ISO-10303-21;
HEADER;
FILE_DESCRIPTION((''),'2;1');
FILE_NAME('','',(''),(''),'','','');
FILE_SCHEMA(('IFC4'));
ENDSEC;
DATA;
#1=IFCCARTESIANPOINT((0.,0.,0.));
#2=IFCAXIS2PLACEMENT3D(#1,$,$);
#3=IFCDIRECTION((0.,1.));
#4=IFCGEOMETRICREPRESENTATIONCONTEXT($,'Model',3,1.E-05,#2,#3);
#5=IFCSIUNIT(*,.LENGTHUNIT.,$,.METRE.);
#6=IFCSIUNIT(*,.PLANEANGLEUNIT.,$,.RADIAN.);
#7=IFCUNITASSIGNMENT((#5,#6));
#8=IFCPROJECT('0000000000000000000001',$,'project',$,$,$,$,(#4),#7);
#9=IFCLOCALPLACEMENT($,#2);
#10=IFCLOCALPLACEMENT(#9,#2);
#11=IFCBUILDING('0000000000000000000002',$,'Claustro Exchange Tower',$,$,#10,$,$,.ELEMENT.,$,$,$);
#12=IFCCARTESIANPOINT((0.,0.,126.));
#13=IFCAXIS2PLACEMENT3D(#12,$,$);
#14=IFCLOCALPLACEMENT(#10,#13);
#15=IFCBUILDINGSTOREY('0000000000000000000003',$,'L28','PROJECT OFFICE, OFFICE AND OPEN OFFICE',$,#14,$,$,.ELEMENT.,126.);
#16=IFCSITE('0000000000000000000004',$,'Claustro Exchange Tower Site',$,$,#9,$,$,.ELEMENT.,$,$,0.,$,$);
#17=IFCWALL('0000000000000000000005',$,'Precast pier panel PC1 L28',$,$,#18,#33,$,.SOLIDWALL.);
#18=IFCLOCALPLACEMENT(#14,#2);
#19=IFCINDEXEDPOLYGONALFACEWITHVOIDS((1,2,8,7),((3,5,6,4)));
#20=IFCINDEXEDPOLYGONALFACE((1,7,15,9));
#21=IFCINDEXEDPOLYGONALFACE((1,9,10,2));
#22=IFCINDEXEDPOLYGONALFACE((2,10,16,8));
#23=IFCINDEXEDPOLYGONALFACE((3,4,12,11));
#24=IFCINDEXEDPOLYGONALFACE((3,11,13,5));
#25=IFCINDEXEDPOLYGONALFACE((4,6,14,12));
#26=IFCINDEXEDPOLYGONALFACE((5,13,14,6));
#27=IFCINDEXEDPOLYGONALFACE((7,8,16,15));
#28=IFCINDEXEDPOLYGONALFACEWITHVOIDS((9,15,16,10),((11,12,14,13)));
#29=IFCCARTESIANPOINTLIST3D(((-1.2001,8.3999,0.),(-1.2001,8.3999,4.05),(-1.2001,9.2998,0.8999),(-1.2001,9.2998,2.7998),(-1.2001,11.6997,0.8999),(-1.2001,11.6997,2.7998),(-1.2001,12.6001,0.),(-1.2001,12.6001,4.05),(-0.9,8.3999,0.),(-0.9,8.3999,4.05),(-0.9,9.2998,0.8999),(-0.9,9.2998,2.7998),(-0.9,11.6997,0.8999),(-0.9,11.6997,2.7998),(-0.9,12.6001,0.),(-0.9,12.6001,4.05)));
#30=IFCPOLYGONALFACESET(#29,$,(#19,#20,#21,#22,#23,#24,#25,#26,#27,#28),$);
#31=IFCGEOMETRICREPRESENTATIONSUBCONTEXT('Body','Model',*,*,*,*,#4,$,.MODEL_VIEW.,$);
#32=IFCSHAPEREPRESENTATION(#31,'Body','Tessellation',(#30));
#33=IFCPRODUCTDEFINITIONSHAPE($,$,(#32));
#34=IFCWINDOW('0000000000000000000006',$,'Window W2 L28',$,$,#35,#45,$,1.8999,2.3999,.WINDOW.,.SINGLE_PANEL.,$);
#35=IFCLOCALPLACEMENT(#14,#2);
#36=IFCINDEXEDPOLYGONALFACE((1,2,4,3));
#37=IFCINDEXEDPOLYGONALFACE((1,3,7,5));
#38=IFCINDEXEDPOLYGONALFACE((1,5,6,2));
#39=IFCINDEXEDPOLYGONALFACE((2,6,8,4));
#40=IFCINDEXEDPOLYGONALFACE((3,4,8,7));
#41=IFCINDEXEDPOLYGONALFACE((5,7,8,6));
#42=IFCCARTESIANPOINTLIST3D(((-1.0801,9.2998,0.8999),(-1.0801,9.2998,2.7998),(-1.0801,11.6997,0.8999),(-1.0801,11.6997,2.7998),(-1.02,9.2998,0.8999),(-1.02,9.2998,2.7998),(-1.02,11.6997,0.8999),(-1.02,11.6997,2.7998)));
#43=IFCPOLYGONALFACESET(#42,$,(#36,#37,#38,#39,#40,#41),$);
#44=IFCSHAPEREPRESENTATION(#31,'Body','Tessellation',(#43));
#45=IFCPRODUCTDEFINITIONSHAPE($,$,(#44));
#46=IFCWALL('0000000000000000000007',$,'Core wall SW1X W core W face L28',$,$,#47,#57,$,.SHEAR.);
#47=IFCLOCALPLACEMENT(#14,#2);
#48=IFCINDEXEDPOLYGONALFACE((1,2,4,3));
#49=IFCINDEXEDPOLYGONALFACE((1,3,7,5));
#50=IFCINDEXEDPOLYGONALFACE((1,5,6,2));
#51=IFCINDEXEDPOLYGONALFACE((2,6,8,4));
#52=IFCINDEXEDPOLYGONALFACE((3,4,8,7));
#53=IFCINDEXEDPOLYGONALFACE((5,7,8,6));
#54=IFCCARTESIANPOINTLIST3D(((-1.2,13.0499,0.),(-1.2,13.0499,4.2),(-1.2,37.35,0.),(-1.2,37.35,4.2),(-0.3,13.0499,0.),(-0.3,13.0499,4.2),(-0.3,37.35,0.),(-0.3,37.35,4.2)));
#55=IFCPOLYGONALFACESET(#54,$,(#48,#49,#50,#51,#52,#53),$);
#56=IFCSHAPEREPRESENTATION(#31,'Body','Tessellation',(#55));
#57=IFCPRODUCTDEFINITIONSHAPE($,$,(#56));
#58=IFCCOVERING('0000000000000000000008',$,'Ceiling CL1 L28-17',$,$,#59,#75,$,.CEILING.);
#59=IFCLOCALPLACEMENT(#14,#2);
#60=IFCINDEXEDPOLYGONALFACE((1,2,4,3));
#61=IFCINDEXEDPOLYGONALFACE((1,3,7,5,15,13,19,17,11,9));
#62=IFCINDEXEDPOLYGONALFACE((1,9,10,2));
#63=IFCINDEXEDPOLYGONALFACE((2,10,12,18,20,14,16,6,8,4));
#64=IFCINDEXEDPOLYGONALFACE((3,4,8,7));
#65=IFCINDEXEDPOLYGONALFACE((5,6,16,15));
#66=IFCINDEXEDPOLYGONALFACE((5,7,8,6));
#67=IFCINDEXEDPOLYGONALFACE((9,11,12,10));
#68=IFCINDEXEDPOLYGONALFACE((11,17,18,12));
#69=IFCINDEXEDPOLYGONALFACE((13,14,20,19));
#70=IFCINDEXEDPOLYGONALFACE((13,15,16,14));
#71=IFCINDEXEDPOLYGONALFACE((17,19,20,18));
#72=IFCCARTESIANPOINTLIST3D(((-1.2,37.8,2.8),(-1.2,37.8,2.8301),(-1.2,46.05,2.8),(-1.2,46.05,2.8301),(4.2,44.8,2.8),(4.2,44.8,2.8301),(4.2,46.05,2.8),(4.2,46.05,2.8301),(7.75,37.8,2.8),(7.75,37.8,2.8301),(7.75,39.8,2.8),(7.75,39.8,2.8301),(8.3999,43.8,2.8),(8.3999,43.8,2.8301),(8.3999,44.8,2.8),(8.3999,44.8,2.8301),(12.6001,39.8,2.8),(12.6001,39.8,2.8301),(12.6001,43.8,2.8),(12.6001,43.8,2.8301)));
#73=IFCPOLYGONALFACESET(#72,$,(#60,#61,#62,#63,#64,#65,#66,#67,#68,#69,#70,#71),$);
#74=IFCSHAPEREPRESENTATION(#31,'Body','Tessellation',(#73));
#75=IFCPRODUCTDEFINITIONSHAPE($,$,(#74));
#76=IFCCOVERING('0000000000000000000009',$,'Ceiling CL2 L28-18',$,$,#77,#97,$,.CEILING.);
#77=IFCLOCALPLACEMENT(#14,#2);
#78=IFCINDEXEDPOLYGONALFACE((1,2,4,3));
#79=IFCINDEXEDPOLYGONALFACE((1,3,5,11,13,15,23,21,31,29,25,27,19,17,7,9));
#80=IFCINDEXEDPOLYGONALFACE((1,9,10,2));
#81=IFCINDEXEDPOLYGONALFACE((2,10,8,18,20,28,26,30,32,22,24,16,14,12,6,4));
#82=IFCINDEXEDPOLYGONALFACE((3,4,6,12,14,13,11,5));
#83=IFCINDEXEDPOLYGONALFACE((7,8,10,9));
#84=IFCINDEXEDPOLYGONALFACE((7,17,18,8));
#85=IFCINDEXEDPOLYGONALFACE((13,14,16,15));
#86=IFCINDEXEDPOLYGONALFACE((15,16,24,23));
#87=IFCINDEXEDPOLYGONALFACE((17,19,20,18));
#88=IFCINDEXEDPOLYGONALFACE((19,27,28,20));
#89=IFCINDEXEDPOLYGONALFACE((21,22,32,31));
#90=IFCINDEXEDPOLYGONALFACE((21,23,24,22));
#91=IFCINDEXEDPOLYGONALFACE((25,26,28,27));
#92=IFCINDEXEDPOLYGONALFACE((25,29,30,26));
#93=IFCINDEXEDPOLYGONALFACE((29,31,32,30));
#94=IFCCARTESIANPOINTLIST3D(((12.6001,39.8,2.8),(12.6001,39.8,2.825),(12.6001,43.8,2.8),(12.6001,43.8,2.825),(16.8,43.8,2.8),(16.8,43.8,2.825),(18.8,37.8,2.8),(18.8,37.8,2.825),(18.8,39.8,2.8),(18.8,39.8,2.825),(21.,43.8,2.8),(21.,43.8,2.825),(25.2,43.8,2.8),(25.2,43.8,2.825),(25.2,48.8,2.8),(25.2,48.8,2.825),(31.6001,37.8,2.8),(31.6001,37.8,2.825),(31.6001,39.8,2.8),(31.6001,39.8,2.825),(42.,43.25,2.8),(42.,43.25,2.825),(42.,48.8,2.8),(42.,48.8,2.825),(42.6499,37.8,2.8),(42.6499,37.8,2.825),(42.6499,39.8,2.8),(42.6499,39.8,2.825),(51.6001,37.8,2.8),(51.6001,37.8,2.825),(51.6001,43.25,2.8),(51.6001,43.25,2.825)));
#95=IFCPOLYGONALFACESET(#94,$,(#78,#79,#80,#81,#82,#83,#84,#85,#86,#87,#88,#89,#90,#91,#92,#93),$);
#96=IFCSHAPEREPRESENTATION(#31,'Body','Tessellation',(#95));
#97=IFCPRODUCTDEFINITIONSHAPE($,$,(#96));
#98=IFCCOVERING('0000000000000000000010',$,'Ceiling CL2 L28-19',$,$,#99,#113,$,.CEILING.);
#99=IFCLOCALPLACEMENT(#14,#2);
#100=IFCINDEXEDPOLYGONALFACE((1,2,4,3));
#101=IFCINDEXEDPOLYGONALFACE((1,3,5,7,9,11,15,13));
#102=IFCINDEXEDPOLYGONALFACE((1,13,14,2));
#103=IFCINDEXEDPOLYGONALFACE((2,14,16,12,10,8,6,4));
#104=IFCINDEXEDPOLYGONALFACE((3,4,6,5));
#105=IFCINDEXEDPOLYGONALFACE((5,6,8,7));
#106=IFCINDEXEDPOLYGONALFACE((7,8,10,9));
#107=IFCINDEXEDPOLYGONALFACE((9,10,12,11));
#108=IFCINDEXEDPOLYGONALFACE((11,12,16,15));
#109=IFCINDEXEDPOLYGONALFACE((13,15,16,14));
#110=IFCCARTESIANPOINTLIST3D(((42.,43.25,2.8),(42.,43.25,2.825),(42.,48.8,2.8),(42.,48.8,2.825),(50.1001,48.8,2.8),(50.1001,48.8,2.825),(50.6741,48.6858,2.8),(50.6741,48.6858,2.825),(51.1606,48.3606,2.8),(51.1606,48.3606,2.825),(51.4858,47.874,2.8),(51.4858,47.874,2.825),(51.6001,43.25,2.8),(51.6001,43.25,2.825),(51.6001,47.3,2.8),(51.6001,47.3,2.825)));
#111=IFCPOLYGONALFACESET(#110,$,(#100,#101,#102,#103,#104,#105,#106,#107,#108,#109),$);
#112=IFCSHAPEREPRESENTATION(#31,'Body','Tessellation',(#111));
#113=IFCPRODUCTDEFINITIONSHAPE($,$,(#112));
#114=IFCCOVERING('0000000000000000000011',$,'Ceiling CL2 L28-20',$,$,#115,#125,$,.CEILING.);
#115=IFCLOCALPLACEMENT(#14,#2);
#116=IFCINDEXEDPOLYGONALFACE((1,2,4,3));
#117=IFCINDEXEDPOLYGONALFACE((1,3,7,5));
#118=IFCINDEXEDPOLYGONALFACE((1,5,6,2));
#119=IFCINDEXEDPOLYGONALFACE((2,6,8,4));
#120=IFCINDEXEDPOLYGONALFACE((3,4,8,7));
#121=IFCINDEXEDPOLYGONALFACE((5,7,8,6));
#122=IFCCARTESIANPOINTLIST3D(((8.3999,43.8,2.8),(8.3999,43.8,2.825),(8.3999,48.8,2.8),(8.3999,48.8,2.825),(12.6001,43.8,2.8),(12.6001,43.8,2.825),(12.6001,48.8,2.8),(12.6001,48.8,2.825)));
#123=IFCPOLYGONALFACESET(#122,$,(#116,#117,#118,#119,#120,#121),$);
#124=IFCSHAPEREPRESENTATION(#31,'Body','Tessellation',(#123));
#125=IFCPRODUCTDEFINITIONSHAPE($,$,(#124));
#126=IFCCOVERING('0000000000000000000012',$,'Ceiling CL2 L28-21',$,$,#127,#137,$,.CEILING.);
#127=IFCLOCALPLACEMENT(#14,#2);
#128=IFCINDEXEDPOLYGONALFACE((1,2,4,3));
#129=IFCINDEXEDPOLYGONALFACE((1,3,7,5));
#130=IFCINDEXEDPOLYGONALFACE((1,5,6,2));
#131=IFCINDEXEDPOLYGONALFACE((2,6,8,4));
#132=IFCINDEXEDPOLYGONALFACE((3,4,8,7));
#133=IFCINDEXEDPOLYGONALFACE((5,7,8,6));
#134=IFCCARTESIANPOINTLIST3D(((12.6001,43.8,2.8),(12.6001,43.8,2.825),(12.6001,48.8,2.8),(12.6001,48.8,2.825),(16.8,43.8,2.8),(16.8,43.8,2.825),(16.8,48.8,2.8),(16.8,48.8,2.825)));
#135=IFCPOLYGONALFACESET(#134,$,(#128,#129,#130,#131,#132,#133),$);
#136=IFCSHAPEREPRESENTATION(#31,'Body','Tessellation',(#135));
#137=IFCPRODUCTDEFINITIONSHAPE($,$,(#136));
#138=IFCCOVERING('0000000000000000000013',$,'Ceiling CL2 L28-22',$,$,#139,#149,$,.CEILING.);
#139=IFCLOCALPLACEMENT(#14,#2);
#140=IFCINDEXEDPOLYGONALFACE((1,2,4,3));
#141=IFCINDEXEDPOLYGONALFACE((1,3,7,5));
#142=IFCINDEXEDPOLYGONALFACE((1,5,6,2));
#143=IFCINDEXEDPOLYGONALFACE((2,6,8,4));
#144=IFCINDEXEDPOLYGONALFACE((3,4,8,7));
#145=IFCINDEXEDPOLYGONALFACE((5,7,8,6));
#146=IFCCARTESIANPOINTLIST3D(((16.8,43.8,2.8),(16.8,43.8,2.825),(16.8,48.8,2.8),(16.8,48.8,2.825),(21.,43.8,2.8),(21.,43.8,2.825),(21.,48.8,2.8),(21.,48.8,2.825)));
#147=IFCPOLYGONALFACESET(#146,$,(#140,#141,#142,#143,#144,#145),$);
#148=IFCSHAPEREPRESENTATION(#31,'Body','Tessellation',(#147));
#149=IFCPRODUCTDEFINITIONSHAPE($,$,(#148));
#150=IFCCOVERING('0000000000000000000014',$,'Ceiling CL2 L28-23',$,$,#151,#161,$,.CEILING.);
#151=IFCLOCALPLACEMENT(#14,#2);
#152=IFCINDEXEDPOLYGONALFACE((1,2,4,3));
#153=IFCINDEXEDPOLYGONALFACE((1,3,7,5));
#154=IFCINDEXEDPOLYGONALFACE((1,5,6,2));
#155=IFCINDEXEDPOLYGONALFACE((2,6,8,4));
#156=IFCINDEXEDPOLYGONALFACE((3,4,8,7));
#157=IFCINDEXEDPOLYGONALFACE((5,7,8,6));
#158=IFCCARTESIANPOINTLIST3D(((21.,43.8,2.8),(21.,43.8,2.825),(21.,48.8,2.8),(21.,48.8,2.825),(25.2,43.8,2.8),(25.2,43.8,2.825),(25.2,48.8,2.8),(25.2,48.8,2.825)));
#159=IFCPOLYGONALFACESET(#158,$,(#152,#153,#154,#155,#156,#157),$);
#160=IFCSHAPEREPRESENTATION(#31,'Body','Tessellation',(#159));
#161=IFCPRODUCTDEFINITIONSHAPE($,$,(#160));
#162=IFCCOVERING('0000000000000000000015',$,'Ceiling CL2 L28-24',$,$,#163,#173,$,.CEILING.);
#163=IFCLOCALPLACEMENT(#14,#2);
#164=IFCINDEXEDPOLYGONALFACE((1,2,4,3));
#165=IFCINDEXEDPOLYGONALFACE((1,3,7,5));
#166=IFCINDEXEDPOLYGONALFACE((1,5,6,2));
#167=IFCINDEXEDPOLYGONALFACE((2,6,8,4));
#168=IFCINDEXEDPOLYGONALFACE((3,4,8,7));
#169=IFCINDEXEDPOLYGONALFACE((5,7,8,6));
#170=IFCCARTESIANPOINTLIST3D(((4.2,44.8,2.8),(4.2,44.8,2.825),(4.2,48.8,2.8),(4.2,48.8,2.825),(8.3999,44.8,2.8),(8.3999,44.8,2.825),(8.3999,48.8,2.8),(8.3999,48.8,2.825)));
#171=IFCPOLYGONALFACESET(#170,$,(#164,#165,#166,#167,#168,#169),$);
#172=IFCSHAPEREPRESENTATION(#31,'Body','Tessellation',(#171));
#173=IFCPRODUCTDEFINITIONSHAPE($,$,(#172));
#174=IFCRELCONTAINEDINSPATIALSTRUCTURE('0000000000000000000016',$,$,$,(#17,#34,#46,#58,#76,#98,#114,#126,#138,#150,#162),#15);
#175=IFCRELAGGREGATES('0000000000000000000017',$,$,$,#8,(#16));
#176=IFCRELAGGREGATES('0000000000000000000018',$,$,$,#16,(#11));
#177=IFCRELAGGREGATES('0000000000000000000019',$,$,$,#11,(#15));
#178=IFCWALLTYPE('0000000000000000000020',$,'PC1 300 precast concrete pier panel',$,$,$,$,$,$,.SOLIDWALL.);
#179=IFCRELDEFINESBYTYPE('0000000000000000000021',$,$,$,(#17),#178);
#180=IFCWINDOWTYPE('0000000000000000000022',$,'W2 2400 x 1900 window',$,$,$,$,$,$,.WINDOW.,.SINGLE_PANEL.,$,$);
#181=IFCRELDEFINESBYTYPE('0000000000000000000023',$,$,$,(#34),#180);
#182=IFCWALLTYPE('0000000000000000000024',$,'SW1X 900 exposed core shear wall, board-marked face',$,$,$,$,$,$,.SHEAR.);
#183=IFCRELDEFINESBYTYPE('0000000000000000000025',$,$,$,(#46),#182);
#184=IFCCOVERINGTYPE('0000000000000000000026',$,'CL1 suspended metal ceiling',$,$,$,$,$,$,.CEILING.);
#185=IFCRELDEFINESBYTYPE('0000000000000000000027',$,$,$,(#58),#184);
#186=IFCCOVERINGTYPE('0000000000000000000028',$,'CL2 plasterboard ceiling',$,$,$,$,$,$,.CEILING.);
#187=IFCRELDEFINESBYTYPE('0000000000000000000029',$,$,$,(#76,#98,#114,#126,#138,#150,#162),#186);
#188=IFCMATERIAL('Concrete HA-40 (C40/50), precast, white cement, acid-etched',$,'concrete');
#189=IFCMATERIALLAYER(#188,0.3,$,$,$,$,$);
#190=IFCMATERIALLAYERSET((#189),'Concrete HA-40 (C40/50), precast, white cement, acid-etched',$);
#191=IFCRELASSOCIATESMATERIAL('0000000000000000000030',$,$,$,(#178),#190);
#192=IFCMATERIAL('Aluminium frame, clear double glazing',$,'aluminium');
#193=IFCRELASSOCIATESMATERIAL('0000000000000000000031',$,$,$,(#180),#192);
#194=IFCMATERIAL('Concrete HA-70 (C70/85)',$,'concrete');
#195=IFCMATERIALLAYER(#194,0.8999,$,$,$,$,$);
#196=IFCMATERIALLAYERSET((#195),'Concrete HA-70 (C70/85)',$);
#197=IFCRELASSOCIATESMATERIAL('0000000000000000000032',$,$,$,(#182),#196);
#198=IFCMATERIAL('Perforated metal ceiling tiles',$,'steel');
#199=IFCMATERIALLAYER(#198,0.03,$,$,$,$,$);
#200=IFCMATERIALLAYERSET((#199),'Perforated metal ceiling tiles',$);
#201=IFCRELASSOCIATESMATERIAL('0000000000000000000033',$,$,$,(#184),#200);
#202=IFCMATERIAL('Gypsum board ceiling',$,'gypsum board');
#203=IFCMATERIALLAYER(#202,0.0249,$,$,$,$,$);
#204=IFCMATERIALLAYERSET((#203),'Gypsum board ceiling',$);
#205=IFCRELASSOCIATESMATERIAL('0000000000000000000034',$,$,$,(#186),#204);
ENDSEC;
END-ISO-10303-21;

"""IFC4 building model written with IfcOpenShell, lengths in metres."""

from ifc_helpers import new_model, si_unit, direction, frame, frame_2d, origin, place, context, subcontext, project, spatial, polyline, rectangle, outline, extrude, material, layer, layer_set, type_object, element, fill, save


model = new_model("IFC4")

# Units and contexts
model_context = context("Model", 3, precision=1e-05, world=origin(), true_north=direction((0.0, 1.0)))
body_context = subcontext(model_context, "Body", "Model", "MODEL_VIEW")
ifc_project = project(units=[si_unit("LENGTHUNIT", "METRE"), si_unit("PLANEANGLEUNIT", "RADIAN")], contexts=[model_context])

# Site, building, storey
site_placement = place(None, origin())
site = spatial("IfcSite", under=ifc_project, at=site_placement, Name="Claustro Exchange Tower Site", CompositionType="ELEMENT", RefElevation=0.0)
building_placement = place(site_placement, origin())
building = spatial("IfcBuilding", under=site, at=building_placement, Name="Claustro Exchange Tower", CompositionType="ELEMENT")
storey_placement = place(building_placement, frame((0.0, 0.0, 126.0)))
storey = spatial("IfcBuildingStorey", under=building, at=storey_placement, Name="L28", Description="PROJECT OFFICE, OFFICE AND OPEN OFFICE", CompositionType="ELEMENT", Elevation=126.0)

# Shared definitions
ifc_material_1 = material(Name="Concrete HA-40 (C40/50), precast, white cement, acid-etched", Category="concrete")
ifc_layer_1 = layer(ifc_material_1, 0.3)
ifc_layer_set_1 = layer_set([ifc_layer_1], Name="Concrete HA-40 (C40/50), precast, white cement, acid-etched")
wall_type_1 = type_object("IfcWallType", Name="PC1 300 precast concrete pier panel", PredefinedType="SOLIDWALL", material=ifc_layer_set_1)

# Wall, opening, window
ifc_material_2 = material(Name="Aluminium frame, clear double glazing", Category="aluminium")
window_type = type_object("IfcWindowType", Name="W2 2400 x 1900 window", PartitioningType="SINGLE_PANEL", PredefinedType="WINDOW", material=ifc_material_2)
wall_1_placement = place(storey_placement, frame((-1.05, 8.3999, 0.0), z_axis=(0.0, 0.0, 1.0), x_axis=(0.0, 1.0, 0.0)))
wall_1 = element("IfcWall", 1, at=wall_1_placement, inside=storey, type_object=wall_type_1, Name="Precast pier panel PC1 L28", PredefinedType="SOLIDWALL", context=body_context, shape_type="SweptSolid", body=[
    extrude(rectangle(XDim=4.2002, YDim=0.3, at=frame_2d((2.1001, 0.0))), origin(), (0.0, 0.0, 1.0), 4.05),
])
opening_1_placement = place(wall_1_placement, frame((0.8999, 0.0, 0.8999)))
opening_1 = element("IfcOpeningElement", 2, at=opening_1_placement, cuts=wall_1, PredefinedType="OPENING", context=body_context, shape_type="SweptSolid", body=[
    extrude(rectangle(XDim=2.3999, YDim=1.8999, at=frame_2d((1.2, 0.95))), frame((0.0, 0.1599, 0.0), z_axis=(0.0, -1.0, 0.0), x_axis=(1.0, 0.0, 0.0)), (0.0, 0.0, 1.0), 0.3201),
])
window_1_placement = place(opening_1_placement, origin())
window_1 = element("IfcWindow", 3, at=window_1_placement, inside=storey, type_object=window_type, Name="Window W2 L28", OverallHeight=1.8999, OverallWidth=2.3999, PartitioningType="SINGLE_PANEL", PredefinedType="WINDOW", context=body_context, shape_type="SweptSolid", body=[
    extrude(rectangle(XDim=2.3999, YDim=1.8999, at=frame_2d((1.2, 0.95))), frame((0.0, 0.03, 0.0), z_axis=(0.0, -1.0, 0.0), x_axis=(1.0, 0.0, 0.0)), (0.0, 0.0, 1.0), 0.0601),
])
fill(opening_1, window_1)

# Wall
ifc_material_3 = material(Name="Concrete HA-70 (C70/85)", Category="concrete")
ifc_layer_2 = layer(ifc_material_3, 0.8999)
ifc_layer_set_2 = layer_set([ifc_layer_2], Name="Concrete HA-70 (C70/85)")
wall_type_2 = type_object("IfcWallType", Name="SW1X 900 exposed core shear wall, board-marked face", PredefinedType="SHEAR", material=ifc_layer_set_2)
wall_2_placement = place(storey_placement, frame((-0.75, 13.05, 0.0), z_axis=(0.0, 0.0, 1.0), x_axis=(0.0, 1.0, 0.0)))
element("IfcWall", 4, at=wall_2_placement, inside=storey, type_object=wall_type_2, Name="Core wall SW1X W core W face L28", PredefinedType="SHEAR", context=body_context, shape_type="SweptSolid", body=[
    extrude(rectangle(XDim=24.3, YDim=0.8999, at=frame_2d((12.1499, 0.0))), origin(), (0.0, 0.0, 1.0), 4.2),
])

# Coverings
ifc_material_4 = material(Name="Perforated metal ceiling tiles", Category="steel")
ifc_layer_3 = layer(ifc_material_4, 0.03)
ifc_layer_set_3 = layer_set([ifc_layer_3], Name="Perforated metal ceiling tiles")
covering_type_1 = type_object("IfcCoveringType", Name="CL1 suspended metal ceiling", PredefinedType="CEILING", material=ifc_layer_set_3)
covering_1_placement = place(storey_placement, frame((0.0, 0.0, 2.8)))
element("IfcCovering", 5, at=covering_1_placement, inside=storey, type_object=covering_type_1, Name="Ceiling CL1 L28-17", PredefinedType="CEILING", context=body_context, shape_type="SweptSolid", body=[
    extrude(outline(polyline([(-1.2, 46.05), (-1.2, 37.8), (7.75, 37.8), (7.75, 39.8), (12.6001, 39.8), (12.6001, 43.8), (8.3999, 43.8), (8.3999, 44.8), (4.2, 44.8), (4.2, 46.05), (-1.2, 46.05)])), origin(), (0.0, 0.0, 1.0), 0.03),
])
ifc_material_5 = material(Name="Gypsum board ceiling", Category="gypsum board")
ifc_layer_4 = layer(ifc_material_5, 0.0249)
ifc_layer_set_4 = layer_set([ifc_layer_4], Name="Gypsum board ceiling")
covering_type_2 = type_object("IfcCoveringType", Name="CL2 plasterboard ceiling", PredefinedType="CEILING", material=ifc_layer_set_4)
covering_2_placement = place(storey_placement, frame((0.0, 0.0, 2.8)))
element("IfcCovering", 6, at=covering_2_placement, inside=storey, type_object=covering_type_2, Name="Ceiling CL2 L28-18", PredefinedType="CEILING", context=body_context, shape_type="SweptSolid", body=[
    extrude(outline(polyline([(42.0, 48.8), (25.2, 48.8), (25.2, 43.8), (21.0, 43.8), (16.8, 43.8), (12.6001, 43.8), (12.6001, 39.8), (18.8, 39.8), (18.8, 37.8), (31.6001, 37.8), (31.6001, 39.8), (42.6499, 39.8), (42.6499, 37.8), (51.6001, 37.8), (51.6001, 43.25), (42.0, 43.25), (42.0, 48.8)])), origin(), (0.0, 0.0, 1.0), 0.0249),
])
covering_3_placement = place(storey_placement, frame((0.0, 0.0, 2.8)))
element("IfcCovering", 7, at=covering_3_placement, inside=storey, type_object=covering_type_2, Name="Ceiling CL2 L28-19", PredefinedType="CEILING", context=body_context, shape_type="SweptSolid", body=[
    extrude(outline(polyline([(50.1001, 48.8), (42.0, 48.8), (42.0, 43.25), (51.6001, 43.25), (51.6001, 47.3), (51.4858, 47.874), (51.1606, 48.3606), (50.6741, 48.6858), (50.1001, 48.8)])), origin(), (0.0, 0.0, 1.0), 0.0249),
])
covering_4_placement = place(storey_placement, frame((0.0, 0.0, 2.8)))
element("IfcCovering", 8, at=covering_4_placement, inside=storey, type_object=covering_type_2, Name="Ceiling CL2 L28-20", PredefinedType="CEILING", context=body_context, shape_type="SweptSolid", body=[
    extrude(outline(polyline([(12.6001, 48.8), (8.3999, 48.8), (8.3999, 43.8), (12.6001, 43.8), (12.6001, 48.8)])), origin(), (0.0, 0.0, 1.0), 0.0249),
])
covering_5_placement = place(storey_placement, frame((0.0, 0.0, 2.8)))
element("IfcCovering", 9, at=covering_5_placement, inside=storey, type_object=covering_type_2, Name="Ceiling CL2 L28-21", PredefinedType="CEILING", context=body_context, shape_type="SweptSolid", body=[
    extrude(outline(polyline([(16.8, 48.8), (12.6001, 48.8), (12.6001, 43.8), (16.8, 43.8), (16.8, 48.8)])), origin(), (0.0, 0.0, 1.0), 0.0249),
])
covering_6_placement = place(storey_placement, frame((0.0, 0.0, 2.8)))
element("IfcCovering", 10, at=covering_6_placement, inside=storey, type_object=covering_type_2, Name="Ceiling CL2 L28-22", PredefinedType="CEILING", context=body_context, shape_type="SweptSolid", body=[
    extrude(outline(polyline([(21.0, 48.8), (16.8, 48.8), (16.8, 43.8), (21.0, 43.8), (21.0, 48.8)])), origin(), (0.0, 0.0, 1.0), 0.0249),
])
covering_7_placement = place(storey_placement, frame((0.0, 0.0, 2.8)))
element("IfcCovering", 11, at=covering_7_placement, inside=storey, type_object=covering_type_2, Name="Ceiling CL2 L28-23", PredefinedType="CEILING", context=body_context, shape_type="SweptSolid", body=[
    extrude(outline(polyline([(25.2, 48.8), (21.0, 48.8), (21.0, 43.8), (25.2, 43.8), (25.2, 48.8)])), origin(), (0.0, 0.0, 1.0), 0.0249),
])
covering_8_placement = place(storey_placement, frame((0.0, 0.0, 2.8)))
element("IfcCovering", 12, at=covering_8_placement, inside=storey, type_object=covering_type_2, Name="Ceiling CL2 L28-24", PredefinedType="CEILING", context=body_context, shape_type="SweptSolid", body=[
    extrude(outline(polyline([(8.3999, 48.8), (4.2, 48.8), (4.2, 44.8), (8.3999, 44.8), (8.3999, 48.8)])), origin(), (0.0, 0.0, 1.0), 0.0249),
])

save(model, "model.ifc")
